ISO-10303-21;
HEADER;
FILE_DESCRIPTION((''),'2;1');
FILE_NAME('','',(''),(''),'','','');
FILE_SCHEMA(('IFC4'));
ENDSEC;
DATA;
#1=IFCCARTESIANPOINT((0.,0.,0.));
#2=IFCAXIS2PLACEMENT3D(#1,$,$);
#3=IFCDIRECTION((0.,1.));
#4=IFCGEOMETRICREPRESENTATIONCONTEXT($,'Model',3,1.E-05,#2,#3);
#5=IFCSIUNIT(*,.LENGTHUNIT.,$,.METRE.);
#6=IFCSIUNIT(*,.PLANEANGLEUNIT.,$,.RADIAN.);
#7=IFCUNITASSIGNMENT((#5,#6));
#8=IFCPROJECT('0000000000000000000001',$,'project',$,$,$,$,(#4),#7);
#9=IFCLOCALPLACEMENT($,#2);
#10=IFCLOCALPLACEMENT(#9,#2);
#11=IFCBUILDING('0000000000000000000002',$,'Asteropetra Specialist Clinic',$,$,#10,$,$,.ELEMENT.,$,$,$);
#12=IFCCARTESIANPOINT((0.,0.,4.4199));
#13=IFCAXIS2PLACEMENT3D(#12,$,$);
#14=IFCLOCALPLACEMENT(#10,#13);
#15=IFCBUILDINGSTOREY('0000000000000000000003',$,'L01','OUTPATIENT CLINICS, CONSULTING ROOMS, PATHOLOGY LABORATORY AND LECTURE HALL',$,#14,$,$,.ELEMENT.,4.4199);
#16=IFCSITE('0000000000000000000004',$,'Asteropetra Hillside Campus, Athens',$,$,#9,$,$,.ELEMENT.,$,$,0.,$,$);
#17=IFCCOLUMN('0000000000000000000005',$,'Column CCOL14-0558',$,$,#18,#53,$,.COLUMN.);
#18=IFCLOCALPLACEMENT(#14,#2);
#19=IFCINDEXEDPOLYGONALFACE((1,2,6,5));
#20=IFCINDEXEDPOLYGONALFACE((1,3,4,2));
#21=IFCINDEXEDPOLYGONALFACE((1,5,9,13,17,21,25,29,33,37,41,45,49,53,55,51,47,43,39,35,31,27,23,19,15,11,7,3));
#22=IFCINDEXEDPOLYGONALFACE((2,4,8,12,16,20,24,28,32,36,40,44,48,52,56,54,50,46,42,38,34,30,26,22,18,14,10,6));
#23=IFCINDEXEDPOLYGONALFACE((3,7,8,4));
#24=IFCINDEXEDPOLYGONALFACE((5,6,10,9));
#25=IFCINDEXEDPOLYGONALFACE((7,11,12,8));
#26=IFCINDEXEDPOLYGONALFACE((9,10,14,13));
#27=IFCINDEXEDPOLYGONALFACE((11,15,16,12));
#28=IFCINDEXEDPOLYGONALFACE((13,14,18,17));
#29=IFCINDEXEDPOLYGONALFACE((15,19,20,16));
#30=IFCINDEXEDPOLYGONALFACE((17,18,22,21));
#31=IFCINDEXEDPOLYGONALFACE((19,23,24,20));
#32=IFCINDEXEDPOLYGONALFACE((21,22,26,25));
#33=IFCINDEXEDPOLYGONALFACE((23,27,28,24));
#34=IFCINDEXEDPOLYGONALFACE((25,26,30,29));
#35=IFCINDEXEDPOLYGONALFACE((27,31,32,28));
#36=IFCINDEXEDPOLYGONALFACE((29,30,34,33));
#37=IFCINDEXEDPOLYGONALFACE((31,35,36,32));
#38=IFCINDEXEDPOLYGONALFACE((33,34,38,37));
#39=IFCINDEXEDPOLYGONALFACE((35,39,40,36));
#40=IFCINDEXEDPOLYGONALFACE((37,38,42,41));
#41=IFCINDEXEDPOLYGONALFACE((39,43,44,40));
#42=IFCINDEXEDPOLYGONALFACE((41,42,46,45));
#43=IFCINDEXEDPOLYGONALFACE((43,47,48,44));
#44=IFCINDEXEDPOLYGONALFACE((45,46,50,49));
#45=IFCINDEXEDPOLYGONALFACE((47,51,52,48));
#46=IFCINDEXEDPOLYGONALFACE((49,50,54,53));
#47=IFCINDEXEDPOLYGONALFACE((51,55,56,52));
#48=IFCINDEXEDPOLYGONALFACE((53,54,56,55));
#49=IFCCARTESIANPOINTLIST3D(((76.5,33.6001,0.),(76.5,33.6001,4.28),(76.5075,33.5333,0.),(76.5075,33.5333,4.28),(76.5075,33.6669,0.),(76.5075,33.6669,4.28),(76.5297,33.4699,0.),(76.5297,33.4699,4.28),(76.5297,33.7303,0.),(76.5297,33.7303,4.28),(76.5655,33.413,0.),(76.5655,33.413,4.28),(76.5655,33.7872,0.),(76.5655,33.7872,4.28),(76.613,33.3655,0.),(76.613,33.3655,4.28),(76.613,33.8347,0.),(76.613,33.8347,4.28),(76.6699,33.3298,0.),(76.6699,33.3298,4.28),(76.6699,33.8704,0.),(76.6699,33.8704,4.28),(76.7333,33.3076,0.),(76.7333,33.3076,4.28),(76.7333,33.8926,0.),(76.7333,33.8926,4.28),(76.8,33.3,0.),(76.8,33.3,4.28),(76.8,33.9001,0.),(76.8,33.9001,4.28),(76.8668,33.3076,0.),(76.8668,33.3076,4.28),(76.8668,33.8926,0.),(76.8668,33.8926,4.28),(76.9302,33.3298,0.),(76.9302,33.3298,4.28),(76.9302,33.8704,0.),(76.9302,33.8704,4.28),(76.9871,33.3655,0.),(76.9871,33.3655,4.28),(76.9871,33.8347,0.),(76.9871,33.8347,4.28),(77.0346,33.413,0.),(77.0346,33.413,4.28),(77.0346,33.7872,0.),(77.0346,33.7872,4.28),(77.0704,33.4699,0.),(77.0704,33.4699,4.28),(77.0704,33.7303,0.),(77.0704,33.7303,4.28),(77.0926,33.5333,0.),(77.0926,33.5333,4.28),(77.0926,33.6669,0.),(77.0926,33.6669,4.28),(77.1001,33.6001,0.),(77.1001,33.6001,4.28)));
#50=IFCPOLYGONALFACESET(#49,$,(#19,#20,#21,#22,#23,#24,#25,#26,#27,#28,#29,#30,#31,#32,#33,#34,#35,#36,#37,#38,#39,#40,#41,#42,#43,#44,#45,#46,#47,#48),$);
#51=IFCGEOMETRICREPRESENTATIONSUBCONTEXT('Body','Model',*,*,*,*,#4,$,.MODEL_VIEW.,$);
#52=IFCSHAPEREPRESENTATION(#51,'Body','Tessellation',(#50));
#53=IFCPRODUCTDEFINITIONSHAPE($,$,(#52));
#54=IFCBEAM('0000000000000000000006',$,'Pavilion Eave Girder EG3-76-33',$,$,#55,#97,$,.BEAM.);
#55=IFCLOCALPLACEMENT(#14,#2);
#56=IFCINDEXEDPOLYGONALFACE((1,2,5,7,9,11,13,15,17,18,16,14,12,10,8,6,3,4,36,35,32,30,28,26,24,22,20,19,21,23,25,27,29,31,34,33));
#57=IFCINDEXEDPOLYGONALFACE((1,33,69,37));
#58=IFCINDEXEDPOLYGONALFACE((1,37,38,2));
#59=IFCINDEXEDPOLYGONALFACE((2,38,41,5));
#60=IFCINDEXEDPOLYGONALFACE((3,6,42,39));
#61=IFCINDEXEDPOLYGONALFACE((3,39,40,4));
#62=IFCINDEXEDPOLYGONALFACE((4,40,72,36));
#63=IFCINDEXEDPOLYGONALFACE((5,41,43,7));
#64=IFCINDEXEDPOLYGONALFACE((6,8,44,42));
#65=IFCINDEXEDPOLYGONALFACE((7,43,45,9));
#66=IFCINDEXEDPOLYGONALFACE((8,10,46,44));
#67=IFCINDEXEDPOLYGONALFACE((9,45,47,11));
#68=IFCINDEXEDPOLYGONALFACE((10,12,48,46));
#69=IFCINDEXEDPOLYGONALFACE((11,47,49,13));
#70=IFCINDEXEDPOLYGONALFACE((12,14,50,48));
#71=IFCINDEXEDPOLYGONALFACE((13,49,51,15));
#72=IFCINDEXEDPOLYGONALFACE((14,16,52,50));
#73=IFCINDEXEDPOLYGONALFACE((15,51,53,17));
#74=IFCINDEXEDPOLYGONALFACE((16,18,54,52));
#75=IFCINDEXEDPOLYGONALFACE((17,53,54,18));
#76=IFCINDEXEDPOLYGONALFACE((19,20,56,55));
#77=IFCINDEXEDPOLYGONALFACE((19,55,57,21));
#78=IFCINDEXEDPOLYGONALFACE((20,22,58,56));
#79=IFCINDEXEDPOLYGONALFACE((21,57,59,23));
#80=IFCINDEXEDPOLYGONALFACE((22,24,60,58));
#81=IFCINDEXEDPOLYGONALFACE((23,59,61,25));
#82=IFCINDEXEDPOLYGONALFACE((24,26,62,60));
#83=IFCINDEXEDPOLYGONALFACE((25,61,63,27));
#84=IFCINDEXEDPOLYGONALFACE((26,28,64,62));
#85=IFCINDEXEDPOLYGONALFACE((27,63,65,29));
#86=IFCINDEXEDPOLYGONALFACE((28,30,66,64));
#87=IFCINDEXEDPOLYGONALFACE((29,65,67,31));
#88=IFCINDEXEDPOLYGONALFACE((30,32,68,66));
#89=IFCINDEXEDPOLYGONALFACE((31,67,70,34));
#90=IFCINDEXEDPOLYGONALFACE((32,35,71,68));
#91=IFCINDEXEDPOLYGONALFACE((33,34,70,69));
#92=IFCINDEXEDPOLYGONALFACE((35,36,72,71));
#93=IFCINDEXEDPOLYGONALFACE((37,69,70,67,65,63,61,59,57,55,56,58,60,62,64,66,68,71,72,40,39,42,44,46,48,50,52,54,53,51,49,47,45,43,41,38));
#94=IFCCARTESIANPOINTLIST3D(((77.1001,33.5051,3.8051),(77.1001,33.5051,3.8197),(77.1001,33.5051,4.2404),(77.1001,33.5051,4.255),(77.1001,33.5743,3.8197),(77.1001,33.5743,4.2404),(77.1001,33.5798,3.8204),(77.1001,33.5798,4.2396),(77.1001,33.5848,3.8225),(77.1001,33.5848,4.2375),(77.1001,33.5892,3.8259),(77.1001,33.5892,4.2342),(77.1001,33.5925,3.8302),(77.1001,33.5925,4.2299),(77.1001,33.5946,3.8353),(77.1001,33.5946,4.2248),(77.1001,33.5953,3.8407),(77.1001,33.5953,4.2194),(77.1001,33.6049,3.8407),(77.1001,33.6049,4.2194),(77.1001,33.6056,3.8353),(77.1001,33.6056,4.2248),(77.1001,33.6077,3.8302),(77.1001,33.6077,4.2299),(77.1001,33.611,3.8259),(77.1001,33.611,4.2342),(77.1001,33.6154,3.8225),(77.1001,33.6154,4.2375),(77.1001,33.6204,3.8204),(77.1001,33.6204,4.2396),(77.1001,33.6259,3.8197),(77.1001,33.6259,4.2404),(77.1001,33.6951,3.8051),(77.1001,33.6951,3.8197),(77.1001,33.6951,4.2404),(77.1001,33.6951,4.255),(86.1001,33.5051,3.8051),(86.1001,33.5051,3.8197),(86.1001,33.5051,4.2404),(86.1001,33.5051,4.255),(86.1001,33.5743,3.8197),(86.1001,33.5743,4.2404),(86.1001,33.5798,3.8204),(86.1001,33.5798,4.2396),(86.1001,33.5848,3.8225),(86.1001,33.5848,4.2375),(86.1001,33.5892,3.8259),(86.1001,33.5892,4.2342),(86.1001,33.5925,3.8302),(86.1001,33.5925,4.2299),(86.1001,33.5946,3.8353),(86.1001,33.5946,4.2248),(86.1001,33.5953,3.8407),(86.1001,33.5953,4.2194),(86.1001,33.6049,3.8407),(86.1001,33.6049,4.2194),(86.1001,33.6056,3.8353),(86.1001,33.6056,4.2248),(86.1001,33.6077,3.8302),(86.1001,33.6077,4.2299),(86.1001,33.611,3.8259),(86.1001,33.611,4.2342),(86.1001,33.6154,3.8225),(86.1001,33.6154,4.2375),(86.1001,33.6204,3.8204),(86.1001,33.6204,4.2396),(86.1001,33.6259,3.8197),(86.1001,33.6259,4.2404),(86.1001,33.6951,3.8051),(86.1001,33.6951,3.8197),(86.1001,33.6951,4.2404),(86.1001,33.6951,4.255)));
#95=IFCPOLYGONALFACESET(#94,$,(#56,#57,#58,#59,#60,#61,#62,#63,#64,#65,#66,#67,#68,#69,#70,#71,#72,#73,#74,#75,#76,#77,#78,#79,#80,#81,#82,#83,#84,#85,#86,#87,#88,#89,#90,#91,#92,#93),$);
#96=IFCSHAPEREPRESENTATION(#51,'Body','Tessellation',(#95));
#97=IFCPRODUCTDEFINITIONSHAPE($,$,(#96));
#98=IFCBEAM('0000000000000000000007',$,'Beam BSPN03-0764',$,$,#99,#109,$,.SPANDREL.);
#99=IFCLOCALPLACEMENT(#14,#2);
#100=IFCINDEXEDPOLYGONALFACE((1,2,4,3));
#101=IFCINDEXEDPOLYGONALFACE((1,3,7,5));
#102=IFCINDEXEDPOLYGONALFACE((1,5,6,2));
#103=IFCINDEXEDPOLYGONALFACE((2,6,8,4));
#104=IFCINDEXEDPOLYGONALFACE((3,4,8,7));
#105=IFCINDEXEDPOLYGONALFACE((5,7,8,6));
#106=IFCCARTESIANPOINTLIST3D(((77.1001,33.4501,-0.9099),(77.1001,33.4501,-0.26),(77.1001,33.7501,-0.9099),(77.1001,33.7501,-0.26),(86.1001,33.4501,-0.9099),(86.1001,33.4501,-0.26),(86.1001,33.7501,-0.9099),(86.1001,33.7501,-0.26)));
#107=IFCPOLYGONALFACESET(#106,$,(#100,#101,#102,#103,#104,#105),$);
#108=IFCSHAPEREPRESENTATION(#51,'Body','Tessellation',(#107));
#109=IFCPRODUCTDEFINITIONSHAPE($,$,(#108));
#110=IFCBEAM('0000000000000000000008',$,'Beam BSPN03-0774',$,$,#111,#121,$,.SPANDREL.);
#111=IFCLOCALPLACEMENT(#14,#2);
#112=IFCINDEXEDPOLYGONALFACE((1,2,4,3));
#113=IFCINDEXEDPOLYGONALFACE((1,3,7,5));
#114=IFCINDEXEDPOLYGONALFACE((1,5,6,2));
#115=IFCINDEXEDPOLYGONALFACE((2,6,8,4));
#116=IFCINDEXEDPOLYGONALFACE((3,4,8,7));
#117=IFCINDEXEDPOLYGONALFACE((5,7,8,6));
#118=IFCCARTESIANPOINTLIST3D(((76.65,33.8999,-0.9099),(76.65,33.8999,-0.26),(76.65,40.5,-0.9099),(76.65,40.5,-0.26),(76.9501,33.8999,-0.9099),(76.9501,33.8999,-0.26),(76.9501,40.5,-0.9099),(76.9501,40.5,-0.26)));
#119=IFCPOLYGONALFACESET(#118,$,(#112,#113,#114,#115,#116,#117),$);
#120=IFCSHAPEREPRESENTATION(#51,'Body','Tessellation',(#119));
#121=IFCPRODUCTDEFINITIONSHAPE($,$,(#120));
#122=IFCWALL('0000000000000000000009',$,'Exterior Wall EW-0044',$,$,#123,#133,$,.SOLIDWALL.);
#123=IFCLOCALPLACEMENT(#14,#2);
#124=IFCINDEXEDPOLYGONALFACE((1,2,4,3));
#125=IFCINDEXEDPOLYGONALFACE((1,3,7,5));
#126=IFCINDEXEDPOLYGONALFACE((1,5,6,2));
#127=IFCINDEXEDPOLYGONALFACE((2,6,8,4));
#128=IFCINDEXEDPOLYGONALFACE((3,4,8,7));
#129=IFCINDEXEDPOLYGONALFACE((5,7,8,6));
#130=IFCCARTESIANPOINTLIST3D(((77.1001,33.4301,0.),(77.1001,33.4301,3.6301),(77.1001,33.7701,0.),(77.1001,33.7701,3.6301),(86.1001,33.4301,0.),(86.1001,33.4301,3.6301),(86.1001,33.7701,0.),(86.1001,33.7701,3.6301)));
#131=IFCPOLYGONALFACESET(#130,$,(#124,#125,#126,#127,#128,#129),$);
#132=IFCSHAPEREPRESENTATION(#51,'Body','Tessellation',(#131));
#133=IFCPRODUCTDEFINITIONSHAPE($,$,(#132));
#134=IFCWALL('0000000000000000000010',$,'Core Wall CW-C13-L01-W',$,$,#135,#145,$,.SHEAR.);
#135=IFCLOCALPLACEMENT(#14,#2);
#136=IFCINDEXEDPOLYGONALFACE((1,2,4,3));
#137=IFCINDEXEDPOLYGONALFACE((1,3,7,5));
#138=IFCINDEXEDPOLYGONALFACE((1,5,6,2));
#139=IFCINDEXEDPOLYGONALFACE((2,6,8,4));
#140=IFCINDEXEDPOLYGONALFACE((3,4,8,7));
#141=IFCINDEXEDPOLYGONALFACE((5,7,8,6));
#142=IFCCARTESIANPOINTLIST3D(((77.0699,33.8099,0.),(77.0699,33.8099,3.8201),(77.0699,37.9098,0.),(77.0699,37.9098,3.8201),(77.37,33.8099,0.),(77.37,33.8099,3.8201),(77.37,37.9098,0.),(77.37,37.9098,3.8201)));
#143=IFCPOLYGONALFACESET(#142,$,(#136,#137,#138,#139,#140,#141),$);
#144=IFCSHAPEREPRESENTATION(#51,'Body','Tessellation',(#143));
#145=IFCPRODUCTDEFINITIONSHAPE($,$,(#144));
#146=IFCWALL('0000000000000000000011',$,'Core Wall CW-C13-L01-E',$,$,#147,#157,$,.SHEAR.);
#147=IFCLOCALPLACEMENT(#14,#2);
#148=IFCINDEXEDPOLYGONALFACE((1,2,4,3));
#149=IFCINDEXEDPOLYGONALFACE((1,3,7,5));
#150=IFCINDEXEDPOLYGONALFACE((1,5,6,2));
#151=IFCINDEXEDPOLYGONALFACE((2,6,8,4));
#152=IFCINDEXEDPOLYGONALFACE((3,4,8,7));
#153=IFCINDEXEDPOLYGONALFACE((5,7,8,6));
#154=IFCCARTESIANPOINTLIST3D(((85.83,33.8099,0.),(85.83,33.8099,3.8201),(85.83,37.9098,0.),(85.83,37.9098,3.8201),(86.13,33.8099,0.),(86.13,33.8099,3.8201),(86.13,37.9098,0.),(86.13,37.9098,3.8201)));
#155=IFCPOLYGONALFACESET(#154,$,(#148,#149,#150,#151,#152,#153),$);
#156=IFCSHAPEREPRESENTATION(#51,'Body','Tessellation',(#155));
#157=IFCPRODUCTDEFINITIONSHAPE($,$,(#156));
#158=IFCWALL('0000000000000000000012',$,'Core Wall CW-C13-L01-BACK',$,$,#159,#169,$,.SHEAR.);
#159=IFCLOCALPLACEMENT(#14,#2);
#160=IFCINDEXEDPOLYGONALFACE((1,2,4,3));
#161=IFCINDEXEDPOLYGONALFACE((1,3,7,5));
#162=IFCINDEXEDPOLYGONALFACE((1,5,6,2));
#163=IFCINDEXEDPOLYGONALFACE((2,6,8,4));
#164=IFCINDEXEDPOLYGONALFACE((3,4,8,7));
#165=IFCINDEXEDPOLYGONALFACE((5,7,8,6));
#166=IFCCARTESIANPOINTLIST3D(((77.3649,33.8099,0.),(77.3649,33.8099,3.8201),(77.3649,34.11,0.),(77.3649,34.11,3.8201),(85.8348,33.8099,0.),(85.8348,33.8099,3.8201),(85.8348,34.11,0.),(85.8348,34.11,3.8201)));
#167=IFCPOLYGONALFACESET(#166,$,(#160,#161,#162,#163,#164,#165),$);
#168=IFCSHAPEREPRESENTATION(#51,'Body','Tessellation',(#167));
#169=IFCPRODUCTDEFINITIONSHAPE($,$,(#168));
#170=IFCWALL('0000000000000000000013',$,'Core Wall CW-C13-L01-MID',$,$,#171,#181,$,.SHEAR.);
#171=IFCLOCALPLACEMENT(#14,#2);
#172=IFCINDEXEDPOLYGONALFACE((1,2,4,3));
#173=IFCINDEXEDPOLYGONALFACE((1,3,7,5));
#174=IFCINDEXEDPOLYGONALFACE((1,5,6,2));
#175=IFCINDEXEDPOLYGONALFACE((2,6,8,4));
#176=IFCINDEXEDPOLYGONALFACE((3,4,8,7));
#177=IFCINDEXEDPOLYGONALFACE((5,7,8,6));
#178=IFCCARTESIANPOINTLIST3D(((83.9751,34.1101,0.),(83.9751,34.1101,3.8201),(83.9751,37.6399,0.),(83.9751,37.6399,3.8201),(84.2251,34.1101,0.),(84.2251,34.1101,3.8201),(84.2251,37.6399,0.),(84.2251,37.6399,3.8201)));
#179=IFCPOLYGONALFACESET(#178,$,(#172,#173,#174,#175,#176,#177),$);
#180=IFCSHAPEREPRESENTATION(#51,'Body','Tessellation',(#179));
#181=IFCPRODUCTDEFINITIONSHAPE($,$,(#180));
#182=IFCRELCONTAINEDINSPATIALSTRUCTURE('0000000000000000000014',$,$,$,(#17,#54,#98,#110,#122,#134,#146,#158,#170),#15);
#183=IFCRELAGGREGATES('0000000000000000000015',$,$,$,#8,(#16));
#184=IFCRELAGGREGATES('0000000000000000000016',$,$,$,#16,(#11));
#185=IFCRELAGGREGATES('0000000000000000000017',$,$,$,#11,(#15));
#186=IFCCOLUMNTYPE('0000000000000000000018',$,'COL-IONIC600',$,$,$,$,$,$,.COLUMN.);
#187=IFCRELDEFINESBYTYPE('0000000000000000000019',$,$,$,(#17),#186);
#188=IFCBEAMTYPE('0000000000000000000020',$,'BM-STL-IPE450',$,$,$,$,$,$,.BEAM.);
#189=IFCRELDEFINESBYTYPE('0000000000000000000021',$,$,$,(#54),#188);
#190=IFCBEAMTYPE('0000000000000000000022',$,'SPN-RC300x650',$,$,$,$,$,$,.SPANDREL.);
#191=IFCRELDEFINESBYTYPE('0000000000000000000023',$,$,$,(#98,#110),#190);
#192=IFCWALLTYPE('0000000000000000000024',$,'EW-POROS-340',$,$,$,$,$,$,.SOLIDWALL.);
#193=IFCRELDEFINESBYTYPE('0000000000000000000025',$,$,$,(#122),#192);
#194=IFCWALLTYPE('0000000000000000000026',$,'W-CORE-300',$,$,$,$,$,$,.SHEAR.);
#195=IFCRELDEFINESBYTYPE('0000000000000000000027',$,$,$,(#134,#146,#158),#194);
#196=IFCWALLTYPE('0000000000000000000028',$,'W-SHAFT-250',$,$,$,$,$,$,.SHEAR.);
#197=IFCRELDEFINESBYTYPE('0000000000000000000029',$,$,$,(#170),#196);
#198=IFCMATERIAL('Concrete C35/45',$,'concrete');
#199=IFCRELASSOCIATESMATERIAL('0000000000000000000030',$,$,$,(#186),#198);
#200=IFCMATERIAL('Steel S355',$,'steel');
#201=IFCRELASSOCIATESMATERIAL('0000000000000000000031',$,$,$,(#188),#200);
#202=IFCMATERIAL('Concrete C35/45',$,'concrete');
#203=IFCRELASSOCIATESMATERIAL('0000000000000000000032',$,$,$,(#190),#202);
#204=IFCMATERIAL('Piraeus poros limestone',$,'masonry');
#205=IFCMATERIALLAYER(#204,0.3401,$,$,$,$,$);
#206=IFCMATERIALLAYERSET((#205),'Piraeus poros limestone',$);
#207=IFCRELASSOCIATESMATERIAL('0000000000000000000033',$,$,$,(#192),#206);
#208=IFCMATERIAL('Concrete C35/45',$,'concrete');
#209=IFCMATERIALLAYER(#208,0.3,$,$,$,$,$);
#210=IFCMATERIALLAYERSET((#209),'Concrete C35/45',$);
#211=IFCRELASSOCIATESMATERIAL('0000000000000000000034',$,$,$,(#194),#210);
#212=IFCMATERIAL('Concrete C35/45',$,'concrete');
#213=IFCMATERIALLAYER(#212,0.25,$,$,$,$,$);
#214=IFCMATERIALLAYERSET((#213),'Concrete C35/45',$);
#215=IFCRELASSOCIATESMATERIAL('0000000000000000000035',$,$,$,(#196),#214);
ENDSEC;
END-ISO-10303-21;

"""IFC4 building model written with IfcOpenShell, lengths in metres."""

from ifc_helpers import new_model, si_unit, direction, frame, frame_2d, origin, origin_2d, place, context, subcontext, project, spatial, rectangle, circle, i_section, extrude, material, layer, layer_set, material_profile, profile_set, type_object, element, save


model = new_model("IFC4")

# Units and contexts
model_context = context("Model", 3, precision=1e-05, world=origin(), true_north=direction((0.0, 1.0)))
body_context = subcontext(model_context, "Body", "Model", "MODEL_VIEW")
ifc_project = project(units=[si_unit("LENGTHUNIT", "METRE"), si_unit("PLANEANGLEUNIT", "RADIAN")], contexts=[model_context])

# Site, building, storey
site_placement = place(None, origin())
site = spatial("IfcSite", under=ifc_project, at=site_placement, Name="Asteropetra Hillside Campus, Athens", CompositionType="ELEMENT", RefElevation=0.0)
building_placement = place(site_placement, origin())
building = spatial("IfcBuilding", under=site, at=building_placement, Name="Asteropetra Specialist Clinic", CompositionType="ELEMENT")
storey_placement = place(building_placement, frame((0.0, 0.0, 4.4199)))
storey = spatial("IfcBuildingStorey", under=building, at=storey_placement, Name="L01", Description="OUTPATIENT CLINICS, CONSULTING ROOMS, PATHOLOGY LABORATORY AND LECTURE HALL", CompositionType="ELEMENT", Elevation=4.4199)

# Column
ifc_material_1 = material(Name="Concrete C35/45", Category="concrete")
ifc_material_profile_1 = material_profile(ifc_material_1, circle(Radius=0.3, at=origin_2d()), Name="RCC D600")
ifc_profile_set_1 = profile_set([ifc_material_profile_1], Name="Concrete C35/45")
column_type = type_object("IfcColumnType", Name="COL-IONIC600", PredefinedType="COLUMN", material=ifc_profile_set_1)
column_placement = place(storey_placement, frame((76.8, 33.6001, 0.0), z_axis=(0.0, 0.0, 1.0), x_axis=(1.0, 0.0, 0.0)))
element("IfcColumn", 1, at=column_placement, inside=storey, type_object=column_type, Name="Column CCOL14-0558", PredefinedType="COLUMN", context=body_context, shape_type="SweptSolid", body=[
    extrude(circle(Radius=0.3, at=origin_2d()), origin(), (0.0, 0.0, 1.0), 4.28),
])

# Beams
ifc_material_2 = material(Name="Steel S355", Category="steel")
ifc_material_profile_2 = material_profile(ifc_material_2, i_section(OverallWidth=0.1899, OverallDepth=0.45, WebThickness=0.0095, FlangeThickness=0.0146, FilletRadius=0.021, at=origin_2d()), Name="IPE 450")
ifc_profile_set_2 = profile_set([ifc_material_profile_2], Name="Steel S355")
beam_type_1 = type_object("IfcBeamType", Name="BM-STL-IPE450", PredefinedType="BEAM", material=ifc_profile_set_2)
beam_1_placement = place(storey_placement, frame((77.1001, 33.6001, 4.03), z_axis=(1.0, 0.0, 0.0), x_axis=(0.0, 1.0, 0.0)))
element("IfcBeam", 2, at=beam_1_placement, inside=storey, type_object=beam_type_1, Name="Pavilion Eave Girder EG3-76-33", PredefinedType="BEAM", context=body_context, shape_type="SweptSolid", body=[
    extrude(i_section(OverallWidth=0.1899, OverallDepth=0.45, WebThickness=0.0095, FlangeThickness=0.0146, FilletRadius=0.021, at=origin_2d()), origin(), (0.0, 0.0, 1.0), 9.0),
])
ifc_material_3 = material(Name="Concrete C35/45", Category="concrete")
ifc_material_profile_3 = material_profile(ifc_material_3, rectangle(XDim=0.3, YDim=0.6499, at=origin_2d()), Name="RCS 300x650")
ifc_profile_set_3 = profile_set([ifc_material_profile_3], Name="Concrete C35/45")
beam_type_2 = type_object("IfcBeamType", Name="SPN-RC300x650", PredefinedType="SPANDREL", material=ifc_profile_set_3)
beam_2_placement = place(storey_placement, frame((77.1001, 33.6001, -0.585), z_axis=(1.0, 0.0, 0.0), x_axis=(0.0, 1.0, 0.0)))
element("IfcBeam", 3, at=beam_2_placement, inside=storey, type_object=beam_type_2, Name="Beam BSPN03-0764", PredefinedType="SPANDREL", context=body_context, shape_type="SweptSolid", body=[
    extrude(rectangle(XDim=0.3, YDim=0.6499, at=origin_2d()), origin(), (0.0, 0.0, 1.0), 9.0),
])
beam_3_placement = place(storey_placement, frame((76.8, 33.8999, -0.585), z_axis=(0.0, 1.0, 0.0), x_axis=(-1.0, 0.0, 0.0)))
element("IfcBeam", 4, at=beam_3_placement, inside=storey, type_object=beam_type_2, Name="Beam BSPN03-0774", PredefinedType="SPANDREL", context=body_context, shape_type="SweptSolid", body=[
    extrude(rectangle(XDim=0.3, YDim=0.6499, at=origin_2d()), origin(), (0.0, 0.0, 1.0), 6.6001),
])

# Walls
ifc_material_4 = material(Name="Piraeus poros limestone", Category="masonry")
ifc_layer_1 = layer(ifc_material_4, 0.3401)
ifc_layer_set_1 = layer_set([ifc_layer_1], Name="Piraeus poros limestone")
wall_type_1 = type_object("IfcWallType", Name="EW-POROS-340", PredefinedType="SOLIDWALL", material=ifc_layer_set_1)
wall_1_placement = place(storey_placement, frame((77.1001, 33.6001, 0.0), z_axis=(0.0, 0.0, 1.0), x_axis=(1.0, 0.0, 0.0)))
element("IfcWall", 5, at=wall_1_placement, inside=storey, type_object=wall_type_1, Name="Exterior Wall EW-0044", PredefinedType="SOLIDWALL", context=body_context, shape_type="SweptSolid", body=[
    extrude(rectangle(XDim=9.0, YDim=0.3401, at=frame_2d((4.5, 0.0))), origin(), (0.0, 0.0, 1.0), 3.6301),
])
ifc_material_5 = material(Name="Concrete C35/45", Category="concrete")
ifc_layer_2 = layer(ifc_material_5, 0.3)
ifc_layer_set_2 = layer_set([ifc_layer_2], Name="Concrete C35/45")
wall_type_2 = type_object("IfcWallType", Name="W-CORE-300", PredefinedType="SHEAR", material=ifc_layer_set_2)
for number, where, z_axis, x_axis, name in (
    (6, (77.22, 33.8101, 0.0), (0.0, 0.0, 1.0), (0.0, 1.0, 0.0), "Core Wall CW-C13-L01-W"),
    (7, (85.98, 33.8101, 0.0), (0.0, 0.0, 1.0), (0.0, 1.0, 0.0), "Core Wall CW-C13-L01-E"),
):
    element("IfcWall", number, at=place(storey_placement, frame(where, z_axis=z_axis, x_axis=x_axis)), inside=storey, type_object=wall_type_2, Name=name, PredefinedType="SHEAR", context=body_context, shape_type="SweptSolid", body=[
        extrude(rectangle(XDim=4.0999, YDim=0.3, at=frame_2d((2.0498, 0.0))), origin(), (0.0, 0.0, 1.0), 3.8201),
    ])
wall_2_placement = place(storey_placement, frame((77.365, 33.96, 0.0), z_axis=(0.0, 0.0, 1.0), x_axis=(1.0, 0.0, 0.0)))
element("IfcWall", 8, at=wall_2_placement, inside=storey, type_object=wall_type_2, Name="Core Wall CW-C13-L01-BACK", PredefinedType="SHEAR", context=body_context, shape_type="SweptSolid", body=[
    extrude(rectangle(XDim=8.47, YDim=0.3, at=frame_2d((4.2349, 0.0))), origin(), (0.0, 0.0, 1.0), 3.8201),
])
ifc_material_6 = material(Name="Concrete C35/45", Category="concrete")
ifc_layer_3 = layer(ifc_material_6, 0.25)
ifc_layer_set_3 = layer_set([ifc_layer_3], Name="Concrete C35/45")
wall_type_3 = type_object("IfcWallType", Name="W-SHAFT-250", PredefinedType="SHEAR", material=ifc_layer_set_3)
wall_3_placement = place(storey_placement, frame((84.1001, 34.1101, 0.0), z_axis=(0.0, 0.0, 1.0), x_axis=(0.0, 1.0, 0.0)))
element("IfcWall", 9, at=wall_3_placement, inside=storey, type_object=wall_type_3, Name="Core Wall CW-C13-L01-MID", PredefinedType="SHEAR", context=body_context, shape_type="SweptSolid", body=[
    extrude(rectangle(XDim=3.5298, YDim=0.25, at=frame_2d((1.7649, 0.0))), origin(), (0.0, 0.0, 1.0), 3.8201),
])

save(model, "model.ifc")
